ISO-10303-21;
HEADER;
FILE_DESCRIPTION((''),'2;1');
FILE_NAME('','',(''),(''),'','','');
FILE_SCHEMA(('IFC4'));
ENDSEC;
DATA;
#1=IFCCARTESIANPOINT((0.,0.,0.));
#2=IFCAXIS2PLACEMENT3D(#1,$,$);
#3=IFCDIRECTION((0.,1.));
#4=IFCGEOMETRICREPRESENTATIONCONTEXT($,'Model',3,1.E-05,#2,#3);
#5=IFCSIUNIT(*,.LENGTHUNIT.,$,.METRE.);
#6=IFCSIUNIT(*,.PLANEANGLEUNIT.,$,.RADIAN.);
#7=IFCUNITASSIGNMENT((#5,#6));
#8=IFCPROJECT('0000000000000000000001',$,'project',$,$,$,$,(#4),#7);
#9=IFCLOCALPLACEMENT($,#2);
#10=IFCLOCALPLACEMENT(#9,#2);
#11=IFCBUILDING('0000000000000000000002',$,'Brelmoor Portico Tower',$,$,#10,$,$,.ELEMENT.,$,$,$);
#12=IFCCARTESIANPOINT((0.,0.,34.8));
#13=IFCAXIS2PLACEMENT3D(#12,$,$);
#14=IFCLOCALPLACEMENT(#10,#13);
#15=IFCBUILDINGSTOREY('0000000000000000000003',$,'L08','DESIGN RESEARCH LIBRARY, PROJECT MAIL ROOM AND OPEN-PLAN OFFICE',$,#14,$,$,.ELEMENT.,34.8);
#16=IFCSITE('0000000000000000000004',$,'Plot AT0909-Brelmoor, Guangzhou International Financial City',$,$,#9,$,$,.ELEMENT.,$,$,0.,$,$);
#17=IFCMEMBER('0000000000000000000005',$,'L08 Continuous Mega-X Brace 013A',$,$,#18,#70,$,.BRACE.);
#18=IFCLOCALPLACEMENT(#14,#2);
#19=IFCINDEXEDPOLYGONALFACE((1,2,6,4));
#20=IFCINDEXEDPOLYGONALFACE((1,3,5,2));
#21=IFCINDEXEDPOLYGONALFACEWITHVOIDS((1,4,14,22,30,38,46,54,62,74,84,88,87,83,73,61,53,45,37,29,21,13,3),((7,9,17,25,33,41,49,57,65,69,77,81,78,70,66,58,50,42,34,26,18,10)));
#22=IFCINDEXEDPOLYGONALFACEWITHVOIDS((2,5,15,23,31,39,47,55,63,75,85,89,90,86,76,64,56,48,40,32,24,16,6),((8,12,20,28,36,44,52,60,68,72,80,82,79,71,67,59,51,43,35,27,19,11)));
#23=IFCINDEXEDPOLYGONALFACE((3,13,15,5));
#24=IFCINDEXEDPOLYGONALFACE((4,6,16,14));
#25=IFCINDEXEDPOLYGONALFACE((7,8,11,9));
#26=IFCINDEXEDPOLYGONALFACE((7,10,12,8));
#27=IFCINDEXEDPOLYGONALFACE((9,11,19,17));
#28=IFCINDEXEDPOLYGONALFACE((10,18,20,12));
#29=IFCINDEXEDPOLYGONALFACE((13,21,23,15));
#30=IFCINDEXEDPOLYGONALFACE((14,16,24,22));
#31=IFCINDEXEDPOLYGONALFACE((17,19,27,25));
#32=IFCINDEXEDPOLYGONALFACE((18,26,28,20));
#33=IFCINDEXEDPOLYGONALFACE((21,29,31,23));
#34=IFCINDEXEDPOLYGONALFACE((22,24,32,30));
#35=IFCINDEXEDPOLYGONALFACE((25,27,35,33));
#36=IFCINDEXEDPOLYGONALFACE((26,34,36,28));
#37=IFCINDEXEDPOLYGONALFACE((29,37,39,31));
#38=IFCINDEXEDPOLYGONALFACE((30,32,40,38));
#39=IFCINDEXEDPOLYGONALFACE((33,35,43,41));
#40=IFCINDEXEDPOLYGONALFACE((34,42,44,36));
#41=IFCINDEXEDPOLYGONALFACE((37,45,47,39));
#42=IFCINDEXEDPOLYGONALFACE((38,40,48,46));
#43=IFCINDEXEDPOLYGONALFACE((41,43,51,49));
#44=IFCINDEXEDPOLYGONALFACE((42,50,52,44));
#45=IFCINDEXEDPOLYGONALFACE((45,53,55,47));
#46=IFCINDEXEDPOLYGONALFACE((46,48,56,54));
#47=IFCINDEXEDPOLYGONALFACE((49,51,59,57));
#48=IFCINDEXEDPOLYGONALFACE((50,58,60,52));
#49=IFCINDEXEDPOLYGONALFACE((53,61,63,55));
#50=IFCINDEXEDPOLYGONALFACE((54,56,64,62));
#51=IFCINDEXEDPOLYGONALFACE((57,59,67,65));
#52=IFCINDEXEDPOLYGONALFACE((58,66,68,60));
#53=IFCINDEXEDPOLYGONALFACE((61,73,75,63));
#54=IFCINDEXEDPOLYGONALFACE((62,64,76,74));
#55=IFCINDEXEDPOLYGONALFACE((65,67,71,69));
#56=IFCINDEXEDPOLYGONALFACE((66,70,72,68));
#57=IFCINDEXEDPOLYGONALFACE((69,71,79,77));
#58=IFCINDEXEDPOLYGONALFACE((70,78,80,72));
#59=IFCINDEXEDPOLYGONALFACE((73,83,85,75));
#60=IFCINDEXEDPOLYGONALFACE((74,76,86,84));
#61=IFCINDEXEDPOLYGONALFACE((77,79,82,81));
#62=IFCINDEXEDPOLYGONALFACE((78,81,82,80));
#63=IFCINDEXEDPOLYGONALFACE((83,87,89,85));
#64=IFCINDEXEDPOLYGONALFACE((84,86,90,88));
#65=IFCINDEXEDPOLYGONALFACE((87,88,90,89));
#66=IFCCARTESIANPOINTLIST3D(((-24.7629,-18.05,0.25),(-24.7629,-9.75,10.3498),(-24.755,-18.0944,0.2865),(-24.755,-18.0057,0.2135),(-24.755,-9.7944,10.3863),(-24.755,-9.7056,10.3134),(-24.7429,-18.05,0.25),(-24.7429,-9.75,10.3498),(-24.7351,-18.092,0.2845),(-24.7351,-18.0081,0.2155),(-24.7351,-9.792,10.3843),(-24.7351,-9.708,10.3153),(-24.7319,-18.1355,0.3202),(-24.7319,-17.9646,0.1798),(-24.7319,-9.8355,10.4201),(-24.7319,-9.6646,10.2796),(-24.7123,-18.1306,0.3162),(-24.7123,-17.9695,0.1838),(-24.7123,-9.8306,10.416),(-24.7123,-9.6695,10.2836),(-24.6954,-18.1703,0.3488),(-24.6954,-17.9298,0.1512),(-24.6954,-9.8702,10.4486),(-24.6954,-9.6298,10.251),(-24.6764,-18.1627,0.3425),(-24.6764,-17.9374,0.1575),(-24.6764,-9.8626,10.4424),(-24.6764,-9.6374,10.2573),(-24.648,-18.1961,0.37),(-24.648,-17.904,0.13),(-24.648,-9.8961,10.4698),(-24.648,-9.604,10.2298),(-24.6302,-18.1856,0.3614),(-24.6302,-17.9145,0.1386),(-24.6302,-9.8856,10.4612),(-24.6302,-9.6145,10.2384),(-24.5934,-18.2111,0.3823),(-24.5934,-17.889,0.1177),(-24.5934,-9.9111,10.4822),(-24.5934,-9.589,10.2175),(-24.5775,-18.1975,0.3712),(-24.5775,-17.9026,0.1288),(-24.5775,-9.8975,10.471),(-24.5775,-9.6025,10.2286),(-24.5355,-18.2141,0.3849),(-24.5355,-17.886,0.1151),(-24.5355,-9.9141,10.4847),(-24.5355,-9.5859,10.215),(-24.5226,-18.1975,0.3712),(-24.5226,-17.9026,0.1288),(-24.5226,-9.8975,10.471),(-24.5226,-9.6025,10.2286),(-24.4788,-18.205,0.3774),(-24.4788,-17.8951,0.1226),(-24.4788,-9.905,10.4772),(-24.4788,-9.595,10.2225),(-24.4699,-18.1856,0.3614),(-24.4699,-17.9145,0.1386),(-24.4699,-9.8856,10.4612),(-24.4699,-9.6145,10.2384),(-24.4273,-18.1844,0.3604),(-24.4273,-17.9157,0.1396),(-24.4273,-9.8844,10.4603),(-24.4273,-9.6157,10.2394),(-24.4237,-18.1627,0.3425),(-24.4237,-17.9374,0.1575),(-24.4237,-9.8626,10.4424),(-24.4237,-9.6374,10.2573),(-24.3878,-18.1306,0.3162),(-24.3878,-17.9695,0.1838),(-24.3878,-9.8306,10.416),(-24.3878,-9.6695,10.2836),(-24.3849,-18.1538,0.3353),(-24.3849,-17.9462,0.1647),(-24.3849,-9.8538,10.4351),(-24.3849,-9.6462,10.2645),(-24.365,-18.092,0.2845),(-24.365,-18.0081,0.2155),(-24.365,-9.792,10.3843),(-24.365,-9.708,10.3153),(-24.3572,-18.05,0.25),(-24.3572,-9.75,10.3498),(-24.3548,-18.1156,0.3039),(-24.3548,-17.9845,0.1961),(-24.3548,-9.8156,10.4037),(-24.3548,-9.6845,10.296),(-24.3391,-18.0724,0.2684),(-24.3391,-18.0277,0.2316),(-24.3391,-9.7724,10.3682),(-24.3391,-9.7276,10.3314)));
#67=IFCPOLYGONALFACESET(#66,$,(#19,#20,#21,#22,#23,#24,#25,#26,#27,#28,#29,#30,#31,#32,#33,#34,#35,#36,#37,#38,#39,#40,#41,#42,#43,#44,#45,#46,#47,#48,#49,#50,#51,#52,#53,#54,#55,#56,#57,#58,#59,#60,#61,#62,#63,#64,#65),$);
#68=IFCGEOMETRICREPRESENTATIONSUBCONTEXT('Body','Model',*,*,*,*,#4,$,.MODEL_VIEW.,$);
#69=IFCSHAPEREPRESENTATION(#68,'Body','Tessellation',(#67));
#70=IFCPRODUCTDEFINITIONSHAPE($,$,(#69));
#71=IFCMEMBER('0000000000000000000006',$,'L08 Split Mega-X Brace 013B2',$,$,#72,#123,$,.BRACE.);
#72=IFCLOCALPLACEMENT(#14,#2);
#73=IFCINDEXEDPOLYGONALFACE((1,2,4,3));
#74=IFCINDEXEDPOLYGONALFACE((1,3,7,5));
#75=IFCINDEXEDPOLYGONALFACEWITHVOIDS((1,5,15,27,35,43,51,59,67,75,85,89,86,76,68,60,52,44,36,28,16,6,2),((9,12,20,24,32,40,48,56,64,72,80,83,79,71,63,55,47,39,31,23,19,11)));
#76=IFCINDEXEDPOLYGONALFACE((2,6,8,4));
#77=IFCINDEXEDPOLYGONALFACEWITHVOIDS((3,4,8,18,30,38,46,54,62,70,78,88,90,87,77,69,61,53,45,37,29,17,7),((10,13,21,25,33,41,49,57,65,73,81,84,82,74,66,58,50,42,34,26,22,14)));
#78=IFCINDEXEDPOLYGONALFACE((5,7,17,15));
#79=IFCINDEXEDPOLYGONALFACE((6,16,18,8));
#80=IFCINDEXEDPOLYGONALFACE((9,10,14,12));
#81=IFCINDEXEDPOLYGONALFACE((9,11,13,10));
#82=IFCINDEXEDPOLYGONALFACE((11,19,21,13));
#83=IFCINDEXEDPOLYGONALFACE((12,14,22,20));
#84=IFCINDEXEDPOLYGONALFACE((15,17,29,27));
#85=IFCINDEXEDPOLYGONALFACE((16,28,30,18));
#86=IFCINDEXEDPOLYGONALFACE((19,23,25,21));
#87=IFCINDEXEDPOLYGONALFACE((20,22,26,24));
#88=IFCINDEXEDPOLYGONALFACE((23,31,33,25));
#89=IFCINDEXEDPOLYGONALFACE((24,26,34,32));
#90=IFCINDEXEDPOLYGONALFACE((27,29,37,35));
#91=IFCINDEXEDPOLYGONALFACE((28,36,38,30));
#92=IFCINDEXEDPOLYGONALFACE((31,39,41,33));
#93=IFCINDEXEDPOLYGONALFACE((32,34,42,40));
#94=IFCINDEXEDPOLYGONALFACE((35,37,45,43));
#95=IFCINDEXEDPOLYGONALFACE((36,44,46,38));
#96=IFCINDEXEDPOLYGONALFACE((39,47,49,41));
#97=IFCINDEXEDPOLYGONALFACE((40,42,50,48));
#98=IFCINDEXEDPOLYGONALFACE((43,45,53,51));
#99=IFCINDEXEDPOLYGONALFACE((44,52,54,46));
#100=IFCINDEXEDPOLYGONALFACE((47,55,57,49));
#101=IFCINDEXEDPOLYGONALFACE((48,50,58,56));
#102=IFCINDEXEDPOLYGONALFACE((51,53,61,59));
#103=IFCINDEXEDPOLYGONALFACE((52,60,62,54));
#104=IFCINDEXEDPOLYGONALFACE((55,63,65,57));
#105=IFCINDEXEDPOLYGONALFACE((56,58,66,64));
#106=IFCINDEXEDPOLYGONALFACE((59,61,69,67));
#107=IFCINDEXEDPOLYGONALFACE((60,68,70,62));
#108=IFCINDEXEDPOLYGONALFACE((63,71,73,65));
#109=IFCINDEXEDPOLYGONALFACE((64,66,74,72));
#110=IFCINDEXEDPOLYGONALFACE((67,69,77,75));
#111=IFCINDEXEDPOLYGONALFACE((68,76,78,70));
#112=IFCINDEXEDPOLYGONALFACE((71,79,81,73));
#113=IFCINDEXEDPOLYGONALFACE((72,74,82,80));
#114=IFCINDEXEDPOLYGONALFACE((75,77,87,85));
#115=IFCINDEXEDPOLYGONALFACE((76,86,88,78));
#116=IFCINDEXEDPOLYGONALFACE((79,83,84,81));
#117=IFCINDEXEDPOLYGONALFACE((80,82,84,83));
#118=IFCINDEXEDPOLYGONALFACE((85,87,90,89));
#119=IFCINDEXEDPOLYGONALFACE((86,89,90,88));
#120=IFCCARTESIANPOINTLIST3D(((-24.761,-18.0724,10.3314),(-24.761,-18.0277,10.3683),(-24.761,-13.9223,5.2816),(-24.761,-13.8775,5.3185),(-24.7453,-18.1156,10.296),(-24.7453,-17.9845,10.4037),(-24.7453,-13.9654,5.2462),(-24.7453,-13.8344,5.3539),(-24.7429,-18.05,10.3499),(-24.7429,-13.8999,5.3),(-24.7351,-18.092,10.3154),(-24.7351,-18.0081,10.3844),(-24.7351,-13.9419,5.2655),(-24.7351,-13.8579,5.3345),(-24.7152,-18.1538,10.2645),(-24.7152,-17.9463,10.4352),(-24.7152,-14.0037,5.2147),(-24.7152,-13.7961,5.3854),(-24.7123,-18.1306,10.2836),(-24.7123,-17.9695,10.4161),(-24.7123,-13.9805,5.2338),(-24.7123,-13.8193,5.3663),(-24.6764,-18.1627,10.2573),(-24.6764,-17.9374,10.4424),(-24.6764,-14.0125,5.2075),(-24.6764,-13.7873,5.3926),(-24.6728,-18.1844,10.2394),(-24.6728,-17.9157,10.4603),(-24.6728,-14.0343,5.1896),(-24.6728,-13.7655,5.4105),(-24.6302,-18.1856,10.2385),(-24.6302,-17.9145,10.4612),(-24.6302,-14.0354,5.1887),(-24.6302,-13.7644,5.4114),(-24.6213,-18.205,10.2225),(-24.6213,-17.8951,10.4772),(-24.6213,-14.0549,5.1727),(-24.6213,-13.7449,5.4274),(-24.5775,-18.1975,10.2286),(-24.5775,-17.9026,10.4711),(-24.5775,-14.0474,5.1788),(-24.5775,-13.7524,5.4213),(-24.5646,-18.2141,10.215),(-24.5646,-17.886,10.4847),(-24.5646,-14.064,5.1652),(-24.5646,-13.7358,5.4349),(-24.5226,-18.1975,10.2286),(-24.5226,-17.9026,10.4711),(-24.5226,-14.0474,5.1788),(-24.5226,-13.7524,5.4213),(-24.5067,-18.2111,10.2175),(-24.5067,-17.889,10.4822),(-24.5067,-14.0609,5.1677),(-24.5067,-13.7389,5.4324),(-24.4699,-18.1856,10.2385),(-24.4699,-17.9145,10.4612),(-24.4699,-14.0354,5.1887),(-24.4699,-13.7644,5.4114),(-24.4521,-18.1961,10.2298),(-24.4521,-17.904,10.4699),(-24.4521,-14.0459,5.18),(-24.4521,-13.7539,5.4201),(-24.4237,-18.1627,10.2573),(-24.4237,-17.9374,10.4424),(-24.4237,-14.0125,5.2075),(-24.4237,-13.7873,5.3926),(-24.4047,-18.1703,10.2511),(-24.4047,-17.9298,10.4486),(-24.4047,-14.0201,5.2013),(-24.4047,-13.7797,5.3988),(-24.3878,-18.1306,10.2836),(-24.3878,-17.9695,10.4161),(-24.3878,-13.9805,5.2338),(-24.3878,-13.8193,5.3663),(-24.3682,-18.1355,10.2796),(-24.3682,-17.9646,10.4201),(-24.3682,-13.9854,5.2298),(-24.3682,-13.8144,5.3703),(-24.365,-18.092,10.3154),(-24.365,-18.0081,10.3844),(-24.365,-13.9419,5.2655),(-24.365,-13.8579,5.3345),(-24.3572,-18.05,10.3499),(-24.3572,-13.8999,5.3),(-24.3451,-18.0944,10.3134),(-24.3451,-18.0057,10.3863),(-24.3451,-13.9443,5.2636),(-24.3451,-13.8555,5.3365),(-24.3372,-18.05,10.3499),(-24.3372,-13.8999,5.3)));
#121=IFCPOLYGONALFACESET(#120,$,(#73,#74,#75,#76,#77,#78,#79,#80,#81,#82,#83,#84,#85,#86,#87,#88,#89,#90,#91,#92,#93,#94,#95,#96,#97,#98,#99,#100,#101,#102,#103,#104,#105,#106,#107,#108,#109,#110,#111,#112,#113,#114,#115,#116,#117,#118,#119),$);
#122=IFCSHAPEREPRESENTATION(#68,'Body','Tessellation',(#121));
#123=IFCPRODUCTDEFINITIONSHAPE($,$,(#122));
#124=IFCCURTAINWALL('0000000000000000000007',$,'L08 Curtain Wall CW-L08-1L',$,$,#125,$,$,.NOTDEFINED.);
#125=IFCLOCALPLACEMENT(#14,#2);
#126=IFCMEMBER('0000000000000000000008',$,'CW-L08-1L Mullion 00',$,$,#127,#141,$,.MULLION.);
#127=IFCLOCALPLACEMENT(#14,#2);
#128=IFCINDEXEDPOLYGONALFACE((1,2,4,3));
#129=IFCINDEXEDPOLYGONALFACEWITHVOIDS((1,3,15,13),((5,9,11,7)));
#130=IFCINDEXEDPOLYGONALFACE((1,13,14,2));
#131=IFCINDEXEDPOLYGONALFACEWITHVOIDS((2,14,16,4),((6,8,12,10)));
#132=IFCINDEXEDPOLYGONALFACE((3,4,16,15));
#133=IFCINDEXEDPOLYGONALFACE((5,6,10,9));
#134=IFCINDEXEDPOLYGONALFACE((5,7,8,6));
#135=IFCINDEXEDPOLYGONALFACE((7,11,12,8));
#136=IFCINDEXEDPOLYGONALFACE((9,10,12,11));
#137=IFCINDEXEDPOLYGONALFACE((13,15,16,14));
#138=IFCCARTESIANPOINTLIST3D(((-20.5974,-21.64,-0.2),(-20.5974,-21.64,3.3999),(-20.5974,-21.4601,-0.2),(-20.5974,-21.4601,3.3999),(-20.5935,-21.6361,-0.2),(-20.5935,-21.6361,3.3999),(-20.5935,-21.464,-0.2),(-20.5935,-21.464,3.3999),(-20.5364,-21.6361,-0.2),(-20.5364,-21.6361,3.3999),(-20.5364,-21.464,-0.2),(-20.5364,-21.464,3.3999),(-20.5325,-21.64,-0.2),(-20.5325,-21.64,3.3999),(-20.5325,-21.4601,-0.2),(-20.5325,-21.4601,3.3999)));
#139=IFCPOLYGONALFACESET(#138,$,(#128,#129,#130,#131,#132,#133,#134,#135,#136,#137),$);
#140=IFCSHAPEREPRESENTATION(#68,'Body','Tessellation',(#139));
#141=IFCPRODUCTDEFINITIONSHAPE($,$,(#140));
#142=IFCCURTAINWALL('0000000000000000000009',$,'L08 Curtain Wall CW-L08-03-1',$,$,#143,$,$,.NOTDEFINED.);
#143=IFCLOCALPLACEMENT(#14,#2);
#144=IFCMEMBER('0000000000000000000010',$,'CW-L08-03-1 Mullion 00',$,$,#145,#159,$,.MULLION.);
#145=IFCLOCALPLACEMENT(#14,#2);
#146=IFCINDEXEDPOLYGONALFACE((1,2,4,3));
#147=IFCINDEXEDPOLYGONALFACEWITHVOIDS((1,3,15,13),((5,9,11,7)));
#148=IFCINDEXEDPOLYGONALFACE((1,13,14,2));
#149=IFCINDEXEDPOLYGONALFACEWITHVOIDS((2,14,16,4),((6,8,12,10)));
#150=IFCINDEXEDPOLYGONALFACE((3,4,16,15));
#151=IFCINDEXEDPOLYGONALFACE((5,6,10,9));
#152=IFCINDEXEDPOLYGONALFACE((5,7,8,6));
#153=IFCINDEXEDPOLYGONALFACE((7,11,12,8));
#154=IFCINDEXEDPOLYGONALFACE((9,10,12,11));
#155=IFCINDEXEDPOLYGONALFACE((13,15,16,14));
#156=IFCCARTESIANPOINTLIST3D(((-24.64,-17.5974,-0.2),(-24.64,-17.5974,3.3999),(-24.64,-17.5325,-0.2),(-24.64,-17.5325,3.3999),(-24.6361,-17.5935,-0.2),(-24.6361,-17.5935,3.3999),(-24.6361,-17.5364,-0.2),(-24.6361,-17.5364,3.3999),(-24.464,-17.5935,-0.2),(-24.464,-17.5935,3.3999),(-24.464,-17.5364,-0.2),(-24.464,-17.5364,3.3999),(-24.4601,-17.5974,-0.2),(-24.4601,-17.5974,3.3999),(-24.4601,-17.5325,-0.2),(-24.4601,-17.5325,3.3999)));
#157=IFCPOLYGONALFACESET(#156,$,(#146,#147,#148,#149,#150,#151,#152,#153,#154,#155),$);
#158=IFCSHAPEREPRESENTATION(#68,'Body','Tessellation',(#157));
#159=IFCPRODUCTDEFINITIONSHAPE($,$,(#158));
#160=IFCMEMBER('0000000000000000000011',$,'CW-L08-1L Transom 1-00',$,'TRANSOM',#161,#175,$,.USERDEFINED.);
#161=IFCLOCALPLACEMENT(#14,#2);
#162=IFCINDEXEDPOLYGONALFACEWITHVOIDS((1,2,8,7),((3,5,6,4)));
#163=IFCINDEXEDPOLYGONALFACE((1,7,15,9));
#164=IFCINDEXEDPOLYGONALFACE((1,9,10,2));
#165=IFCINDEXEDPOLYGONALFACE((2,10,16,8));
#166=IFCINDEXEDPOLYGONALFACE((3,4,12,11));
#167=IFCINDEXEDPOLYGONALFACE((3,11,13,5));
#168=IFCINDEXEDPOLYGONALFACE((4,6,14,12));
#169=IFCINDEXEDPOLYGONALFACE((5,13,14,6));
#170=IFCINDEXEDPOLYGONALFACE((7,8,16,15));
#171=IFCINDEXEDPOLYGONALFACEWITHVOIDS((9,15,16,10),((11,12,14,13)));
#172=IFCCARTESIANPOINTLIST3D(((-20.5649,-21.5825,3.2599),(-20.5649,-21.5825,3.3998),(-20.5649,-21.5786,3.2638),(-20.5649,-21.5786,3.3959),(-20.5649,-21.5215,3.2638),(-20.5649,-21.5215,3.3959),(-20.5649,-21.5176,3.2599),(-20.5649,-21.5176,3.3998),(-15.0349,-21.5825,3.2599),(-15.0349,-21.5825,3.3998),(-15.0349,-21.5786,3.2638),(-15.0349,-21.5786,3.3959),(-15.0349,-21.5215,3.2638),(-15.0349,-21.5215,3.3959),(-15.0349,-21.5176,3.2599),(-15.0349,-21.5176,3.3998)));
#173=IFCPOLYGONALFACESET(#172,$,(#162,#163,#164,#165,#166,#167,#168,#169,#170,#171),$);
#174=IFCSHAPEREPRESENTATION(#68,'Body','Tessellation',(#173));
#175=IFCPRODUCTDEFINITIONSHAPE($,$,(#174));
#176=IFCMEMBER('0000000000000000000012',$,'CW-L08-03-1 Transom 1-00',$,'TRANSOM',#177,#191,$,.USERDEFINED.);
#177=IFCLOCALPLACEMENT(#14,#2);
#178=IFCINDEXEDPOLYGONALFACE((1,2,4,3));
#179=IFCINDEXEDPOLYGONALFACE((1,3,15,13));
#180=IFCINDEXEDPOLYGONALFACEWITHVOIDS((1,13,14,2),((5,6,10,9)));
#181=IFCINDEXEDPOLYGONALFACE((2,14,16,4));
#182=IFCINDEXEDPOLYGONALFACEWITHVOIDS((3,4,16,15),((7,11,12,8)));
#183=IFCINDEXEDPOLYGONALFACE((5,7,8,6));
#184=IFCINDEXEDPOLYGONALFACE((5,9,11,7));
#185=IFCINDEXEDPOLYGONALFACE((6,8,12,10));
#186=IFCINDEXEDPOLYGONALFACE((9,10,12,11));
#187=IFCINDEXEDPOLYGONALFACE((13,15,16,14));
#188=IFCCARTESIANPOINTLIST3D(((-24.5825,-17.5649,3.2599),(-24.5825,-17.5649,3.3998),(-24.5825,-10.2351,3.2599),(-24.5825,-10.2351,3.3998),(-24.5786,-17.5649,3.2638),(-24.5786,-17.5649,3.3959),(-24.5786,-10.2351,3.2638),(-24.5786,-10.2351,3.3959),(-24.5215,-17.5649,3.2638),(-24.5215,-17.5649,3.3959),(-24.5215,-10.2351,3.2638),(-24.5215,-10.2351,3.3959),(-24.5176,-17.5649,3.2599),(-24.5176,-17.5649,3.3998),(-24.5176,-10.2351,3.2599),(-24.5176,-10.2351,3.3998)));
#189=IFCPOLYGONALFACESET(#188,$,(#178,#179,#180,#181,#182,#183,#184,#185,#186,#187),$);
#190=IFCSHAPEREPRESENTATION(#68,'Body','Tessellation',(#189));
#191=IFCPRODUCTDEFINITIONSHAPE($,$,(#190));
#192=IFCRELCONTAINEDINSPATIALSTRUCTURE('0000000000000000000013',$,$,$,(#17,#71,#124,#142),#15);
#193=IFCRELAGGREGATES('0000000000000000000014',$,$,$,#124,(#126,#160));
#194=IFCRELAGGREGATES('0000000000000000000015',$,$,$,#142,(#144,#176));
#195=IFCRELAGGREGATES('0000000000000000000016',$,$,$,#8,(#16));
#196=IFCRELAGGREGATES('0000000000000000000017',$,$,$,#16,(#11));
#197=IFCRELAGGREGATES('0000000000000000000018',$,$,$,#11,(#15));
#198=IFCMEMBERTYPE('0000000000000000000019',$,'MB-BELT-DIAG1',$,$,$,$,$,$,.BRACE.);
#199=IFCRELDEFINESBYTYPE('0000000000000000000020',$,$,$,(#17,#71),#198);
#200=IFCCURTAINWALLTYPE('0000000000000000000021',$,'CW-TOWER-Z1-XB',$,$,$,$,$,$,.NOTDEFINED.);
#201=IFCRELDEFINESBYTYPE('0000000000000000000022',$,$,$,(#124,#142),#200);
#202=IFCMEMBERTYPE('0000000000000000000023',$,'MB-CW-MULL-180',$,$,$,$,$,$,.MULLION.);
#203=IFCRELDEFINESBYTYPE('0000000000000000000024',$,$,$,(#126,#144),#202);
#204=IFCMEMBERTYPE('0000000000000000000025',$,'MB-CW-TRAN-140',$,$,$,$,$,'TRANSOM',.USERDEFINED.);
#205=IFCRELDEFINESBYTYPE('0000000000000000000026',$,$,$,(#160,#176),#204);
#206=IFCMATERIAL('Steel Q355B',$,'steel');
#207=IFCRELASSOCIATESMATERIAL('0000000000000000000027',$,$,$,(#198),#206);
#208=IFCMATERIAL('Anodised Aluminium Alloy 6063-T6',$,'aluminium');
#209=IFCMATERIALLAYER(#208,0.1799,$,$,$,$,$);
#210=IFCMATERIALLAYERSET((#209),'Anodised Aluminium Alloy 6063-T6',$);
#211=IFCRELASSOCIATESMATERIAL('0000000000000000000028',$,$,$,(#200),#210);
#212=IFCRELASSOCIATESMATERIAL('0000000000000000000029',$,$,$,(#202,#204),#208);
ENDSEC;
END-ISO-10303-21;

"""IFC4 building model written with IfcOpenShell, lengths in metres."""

from ifc_helpers import new_model, si_unit, direction, frame, origin, origin_2d, place, context, subcontext, project, spatial, hollow_rectangle, hollow_circle, extrude, material, layer, layer_set, material_profile, profile_set, type_object, element, aggregate, save


model = new_model("IFC4")

# Units and contexts
model_context = context("Model", 3, precision=1e-05, world=origin(), true_north=direction((0.0, 1.0)))
body_context = subcontext(model_context, "Body", "Model", "MODEL_VIEW")
ifc_project = project(units=[si_unit("LENGTHUNIT", "METRE"), si_unit("PLANEANGLEUNIT", "RADIAN")], contexts=[model_context])

# Site, building, storey
site_placement = place(None, origin())
site = spatial("IfcSite", under=ifc_project, at=site_placement, Name="Plot AT0909-Brelmoor, Guangzhou International Financial City", CompositionType="ELEMENT", RefElevation=0.0)
building_placement = place(site_placement, origin())
building = spatial("IfcBuilding", under=site, at=building_placement, Name="Brelmoor Portico Tower", CompositionType="ELEMENT")
storey_placement = place(building_placement, frame((0.0, 0.0, 34.8)))
storey = spatial("IfcBuildingStorey", under=building, at=storey_placement, Name="L08", Description="DESIGN RESEARCH LIBRARY, PROJECT MAIL ROOM AND OPEN-PLAN OFFICE", CompositionType="ELEMENT", Elevation=34.8)

# Shared definitions
ifc_material_1 = material(Name="Steel Q355B", Category="steel")

# Members
ifc_material_profile_1 = material_profile(ifc_material_1, hollow_circle(Radius=0.2129, WallThickness=0.02, at=origin_2d()), Name="CHS 426x20")
ifc_profile_set_1 = profile_set([ifc_material_profile_1], Name="Steel Q355B")
member_type_1 = type_object("IfcMemberType", Name="MB-BELT-DIAG1", PredefinedType="BRACE", material=ifc_profile_set_1)
member_1_placement = place(storey_placement, frame((-24.55, -18.05, 0.25), z_axis=(0.0, 0.63491, 0.772586), x_axis=(-1.0, 0.0, 0.0)))
element("IfcMember", 1, at=member_1_placement, inside=storey, type_object=member_type_1, Name="L08 Continuous Mega-X Brace 013A", PredefinedType="BRACE", context=body_context, shape_type="SweptSolid", body=[
    extrude(hollow_circle(Radius=0.2129, WallThickness=0.02, at=origin_2d()), origin(), (0.0, 0.0, 1.0), 13.0728),
])
member_2_placement = place(storey_placement, frame((-24.55, -13.8999, 5.3), z_axis=(0.0, -0.634931, 0.772569), x_axis=(1.0, 0.0, 0.0)))
element("IfcMember", 2, at=member_2_placement, inside=storey, type_object=member_type_1, Name="L08 Split Mega-X Brace 013B2", PredefinedType="BRACE", context=body_context, shape_type="SweptSolid", body=[
    extrude(hollow_circle(Radius=0.2129, WallThickness=0.02, at=origin_2d()), origin(), (0.0, 0.0, 1.0), 6.5364),
])

# Curtain walls, members
ifc_material_2 = material(Name="Anodised Aluminium Alloy 6063-T6", Category="aluminium")
ifc_layer_1 = layer(ifc_material_2, 0.1799)
ifc_layer_set_1 = layer_set([ifc_layer_1], Name="Anodised Aluminium Alloy 6063-T6")
curtain_wall_type = type_object("IfcCurtainWallType", Name="CW-TOWER-Z1-XB", PredefinedType="NOTDEFINED", material=ifc_layer_set_1)
curtain_wall_1_placement = place(storey_placement, origin())
curtain_wall_1 = element("IfcCurtainWall", 3, at=curtain_wall_1_placement, inside=storey, type_object=curtain_wall_type, Name="L08 Curtain Wall CW-L08-1L", PredefinedType="NOTDEFINED")
ifc_material_profile_2 = material_profile(ifc_material_2, hollow_rectangle(XDim=0.0649, YDim=0.1799, WallThickness=0.0039, at=origin_2d()), Name="ALU MULLION 65x180")
ifc_profile_set_2 = profile_set([ifc_material_profile_2], Name="Anodised Aluminium Alloy 6063-T6")
member_type_2 = type_object("IfcMemberType", Name="MB-CW-MULL-180", PredefinedType="MULLION", material=ifc_profile_set_2)
member_3_placement = place(storey_placement, frame((-20.5649, -21.55, -0.2), z_axis=(0.0, 0.0, 1.0), x_axis=(1.0, 0.0, 0.0)))
member_3 = element("IfcMember", 4, at=member_3_placement, type_object=member_type_2, Name="CW-L08-1L Mullion 00", PredefinedType="MULLION", context=body_context, shape_type="SweptSolid", body=[
    extrude(hollow_rectangle(XDim=0.0649, YDim=0.1799, WallThickness=0.0039, at=origin_2d()), origin(), (0.0, 0.0, 1.0), 3.5999),
])
curtain_wall_2_placement = place(storey_placement, origin())
curtain_wall_2 = element("IfcCurtainWall", 5, at=curtain_wall_2_placement, inside=storey, type_object=curtain_wall_type, Name="L08 Curtain Wall CW-L08-03-1", PredefinedType="NOTDEFINED")
member_4_placement = place(storey_placement, frame((-24.55, -17.5649, -0.2), z_axis=(0.0, 0.0, 1.0), x_axis=(0.0, 1.0, 0.0)))
member_4 = element("IfcMember", 6, at=member_4_placement, type_object=member_type_2, Name="CW-L08-03-1 Mullion 00", PredefinedType="MULLION", context=body_context, shape_type="SweptSolid", body=[
    extrude(hollow_rectangle(XDim=0.0649, YDim=0.1799, WallThickness=0.0039, at=origin_2d()), origin(), (0.0, 0.0, 1.0), 3.5999),
])

# Members
ifc_material_profile_3 = material_profile(ifc_material_2, hollow_rectangle(XDim=0.0649, YDim=0.1399, WallThickness=0.0039, at=origin_2d()), Name="ALU TRANSOM 65x140")
ifc_profile_set_3 = profile_set([ifc_material_profile_3], Name="Anodised Aluminium Alloy 6063-T6")
member_type_3 = type_object("IfcMemberType", Name="MB-CW-TRAN-140", ElementType="TRANSOM", PredefinedType="USERDEFINED", material=ifc_profile_set_3)
member_5_placement = place(storey_placement, frame((-20.5649, -21.55, 3.3298), z_axis=(1.0, 0.0, 0.0), x_axis=(0.0, 1.0, 0.0)))
member_5 = element("IfcMember", 7, at=member_5_placement, type_object=member_type_3, Name="CW-L08-1L Transom 1-00", ObjectType="TRANSOM", PredefinedType="USERDEFINED", context=body_context, shape_type="SweptSolid", body=[
    extrude(hollow_rectangle(XDim=0.0649, YDim=0.1399, WallThickness=0.0039, at=origin_2d()), origin(), (0.0, 0.0, 1.0), 5.53),
])
aggregate(curtain_wall_1, [member_3, member_5])
member_6_placement = place(storey_placement, frame((-24.55, -17.5649, 3.3298), z_axis=(0.0, 1.0, 0.0), x_axis=(-1.0, 0.0, 0.0)))
member_6 = element("IfcMember", 8, at=member_6_placement, type_object=member_type_3, Name="CW-L08-03-1 Transom 1-00", ObjectType="TRANSOM", PredefinedType="USERDEFINED", context=body_context, shape_type="SweptSolid", body=[
    extrude(hollow_rectangle(XDim=0.0649, YDim=0.1399, WallThickness=0.0039, at=origin_2d()), origin(), (0.0, 0.0, 1.0), 7.3298),
])

aggregate(curtain_wall_2, [member_4, member_6])

save(model, "model.ifc")
